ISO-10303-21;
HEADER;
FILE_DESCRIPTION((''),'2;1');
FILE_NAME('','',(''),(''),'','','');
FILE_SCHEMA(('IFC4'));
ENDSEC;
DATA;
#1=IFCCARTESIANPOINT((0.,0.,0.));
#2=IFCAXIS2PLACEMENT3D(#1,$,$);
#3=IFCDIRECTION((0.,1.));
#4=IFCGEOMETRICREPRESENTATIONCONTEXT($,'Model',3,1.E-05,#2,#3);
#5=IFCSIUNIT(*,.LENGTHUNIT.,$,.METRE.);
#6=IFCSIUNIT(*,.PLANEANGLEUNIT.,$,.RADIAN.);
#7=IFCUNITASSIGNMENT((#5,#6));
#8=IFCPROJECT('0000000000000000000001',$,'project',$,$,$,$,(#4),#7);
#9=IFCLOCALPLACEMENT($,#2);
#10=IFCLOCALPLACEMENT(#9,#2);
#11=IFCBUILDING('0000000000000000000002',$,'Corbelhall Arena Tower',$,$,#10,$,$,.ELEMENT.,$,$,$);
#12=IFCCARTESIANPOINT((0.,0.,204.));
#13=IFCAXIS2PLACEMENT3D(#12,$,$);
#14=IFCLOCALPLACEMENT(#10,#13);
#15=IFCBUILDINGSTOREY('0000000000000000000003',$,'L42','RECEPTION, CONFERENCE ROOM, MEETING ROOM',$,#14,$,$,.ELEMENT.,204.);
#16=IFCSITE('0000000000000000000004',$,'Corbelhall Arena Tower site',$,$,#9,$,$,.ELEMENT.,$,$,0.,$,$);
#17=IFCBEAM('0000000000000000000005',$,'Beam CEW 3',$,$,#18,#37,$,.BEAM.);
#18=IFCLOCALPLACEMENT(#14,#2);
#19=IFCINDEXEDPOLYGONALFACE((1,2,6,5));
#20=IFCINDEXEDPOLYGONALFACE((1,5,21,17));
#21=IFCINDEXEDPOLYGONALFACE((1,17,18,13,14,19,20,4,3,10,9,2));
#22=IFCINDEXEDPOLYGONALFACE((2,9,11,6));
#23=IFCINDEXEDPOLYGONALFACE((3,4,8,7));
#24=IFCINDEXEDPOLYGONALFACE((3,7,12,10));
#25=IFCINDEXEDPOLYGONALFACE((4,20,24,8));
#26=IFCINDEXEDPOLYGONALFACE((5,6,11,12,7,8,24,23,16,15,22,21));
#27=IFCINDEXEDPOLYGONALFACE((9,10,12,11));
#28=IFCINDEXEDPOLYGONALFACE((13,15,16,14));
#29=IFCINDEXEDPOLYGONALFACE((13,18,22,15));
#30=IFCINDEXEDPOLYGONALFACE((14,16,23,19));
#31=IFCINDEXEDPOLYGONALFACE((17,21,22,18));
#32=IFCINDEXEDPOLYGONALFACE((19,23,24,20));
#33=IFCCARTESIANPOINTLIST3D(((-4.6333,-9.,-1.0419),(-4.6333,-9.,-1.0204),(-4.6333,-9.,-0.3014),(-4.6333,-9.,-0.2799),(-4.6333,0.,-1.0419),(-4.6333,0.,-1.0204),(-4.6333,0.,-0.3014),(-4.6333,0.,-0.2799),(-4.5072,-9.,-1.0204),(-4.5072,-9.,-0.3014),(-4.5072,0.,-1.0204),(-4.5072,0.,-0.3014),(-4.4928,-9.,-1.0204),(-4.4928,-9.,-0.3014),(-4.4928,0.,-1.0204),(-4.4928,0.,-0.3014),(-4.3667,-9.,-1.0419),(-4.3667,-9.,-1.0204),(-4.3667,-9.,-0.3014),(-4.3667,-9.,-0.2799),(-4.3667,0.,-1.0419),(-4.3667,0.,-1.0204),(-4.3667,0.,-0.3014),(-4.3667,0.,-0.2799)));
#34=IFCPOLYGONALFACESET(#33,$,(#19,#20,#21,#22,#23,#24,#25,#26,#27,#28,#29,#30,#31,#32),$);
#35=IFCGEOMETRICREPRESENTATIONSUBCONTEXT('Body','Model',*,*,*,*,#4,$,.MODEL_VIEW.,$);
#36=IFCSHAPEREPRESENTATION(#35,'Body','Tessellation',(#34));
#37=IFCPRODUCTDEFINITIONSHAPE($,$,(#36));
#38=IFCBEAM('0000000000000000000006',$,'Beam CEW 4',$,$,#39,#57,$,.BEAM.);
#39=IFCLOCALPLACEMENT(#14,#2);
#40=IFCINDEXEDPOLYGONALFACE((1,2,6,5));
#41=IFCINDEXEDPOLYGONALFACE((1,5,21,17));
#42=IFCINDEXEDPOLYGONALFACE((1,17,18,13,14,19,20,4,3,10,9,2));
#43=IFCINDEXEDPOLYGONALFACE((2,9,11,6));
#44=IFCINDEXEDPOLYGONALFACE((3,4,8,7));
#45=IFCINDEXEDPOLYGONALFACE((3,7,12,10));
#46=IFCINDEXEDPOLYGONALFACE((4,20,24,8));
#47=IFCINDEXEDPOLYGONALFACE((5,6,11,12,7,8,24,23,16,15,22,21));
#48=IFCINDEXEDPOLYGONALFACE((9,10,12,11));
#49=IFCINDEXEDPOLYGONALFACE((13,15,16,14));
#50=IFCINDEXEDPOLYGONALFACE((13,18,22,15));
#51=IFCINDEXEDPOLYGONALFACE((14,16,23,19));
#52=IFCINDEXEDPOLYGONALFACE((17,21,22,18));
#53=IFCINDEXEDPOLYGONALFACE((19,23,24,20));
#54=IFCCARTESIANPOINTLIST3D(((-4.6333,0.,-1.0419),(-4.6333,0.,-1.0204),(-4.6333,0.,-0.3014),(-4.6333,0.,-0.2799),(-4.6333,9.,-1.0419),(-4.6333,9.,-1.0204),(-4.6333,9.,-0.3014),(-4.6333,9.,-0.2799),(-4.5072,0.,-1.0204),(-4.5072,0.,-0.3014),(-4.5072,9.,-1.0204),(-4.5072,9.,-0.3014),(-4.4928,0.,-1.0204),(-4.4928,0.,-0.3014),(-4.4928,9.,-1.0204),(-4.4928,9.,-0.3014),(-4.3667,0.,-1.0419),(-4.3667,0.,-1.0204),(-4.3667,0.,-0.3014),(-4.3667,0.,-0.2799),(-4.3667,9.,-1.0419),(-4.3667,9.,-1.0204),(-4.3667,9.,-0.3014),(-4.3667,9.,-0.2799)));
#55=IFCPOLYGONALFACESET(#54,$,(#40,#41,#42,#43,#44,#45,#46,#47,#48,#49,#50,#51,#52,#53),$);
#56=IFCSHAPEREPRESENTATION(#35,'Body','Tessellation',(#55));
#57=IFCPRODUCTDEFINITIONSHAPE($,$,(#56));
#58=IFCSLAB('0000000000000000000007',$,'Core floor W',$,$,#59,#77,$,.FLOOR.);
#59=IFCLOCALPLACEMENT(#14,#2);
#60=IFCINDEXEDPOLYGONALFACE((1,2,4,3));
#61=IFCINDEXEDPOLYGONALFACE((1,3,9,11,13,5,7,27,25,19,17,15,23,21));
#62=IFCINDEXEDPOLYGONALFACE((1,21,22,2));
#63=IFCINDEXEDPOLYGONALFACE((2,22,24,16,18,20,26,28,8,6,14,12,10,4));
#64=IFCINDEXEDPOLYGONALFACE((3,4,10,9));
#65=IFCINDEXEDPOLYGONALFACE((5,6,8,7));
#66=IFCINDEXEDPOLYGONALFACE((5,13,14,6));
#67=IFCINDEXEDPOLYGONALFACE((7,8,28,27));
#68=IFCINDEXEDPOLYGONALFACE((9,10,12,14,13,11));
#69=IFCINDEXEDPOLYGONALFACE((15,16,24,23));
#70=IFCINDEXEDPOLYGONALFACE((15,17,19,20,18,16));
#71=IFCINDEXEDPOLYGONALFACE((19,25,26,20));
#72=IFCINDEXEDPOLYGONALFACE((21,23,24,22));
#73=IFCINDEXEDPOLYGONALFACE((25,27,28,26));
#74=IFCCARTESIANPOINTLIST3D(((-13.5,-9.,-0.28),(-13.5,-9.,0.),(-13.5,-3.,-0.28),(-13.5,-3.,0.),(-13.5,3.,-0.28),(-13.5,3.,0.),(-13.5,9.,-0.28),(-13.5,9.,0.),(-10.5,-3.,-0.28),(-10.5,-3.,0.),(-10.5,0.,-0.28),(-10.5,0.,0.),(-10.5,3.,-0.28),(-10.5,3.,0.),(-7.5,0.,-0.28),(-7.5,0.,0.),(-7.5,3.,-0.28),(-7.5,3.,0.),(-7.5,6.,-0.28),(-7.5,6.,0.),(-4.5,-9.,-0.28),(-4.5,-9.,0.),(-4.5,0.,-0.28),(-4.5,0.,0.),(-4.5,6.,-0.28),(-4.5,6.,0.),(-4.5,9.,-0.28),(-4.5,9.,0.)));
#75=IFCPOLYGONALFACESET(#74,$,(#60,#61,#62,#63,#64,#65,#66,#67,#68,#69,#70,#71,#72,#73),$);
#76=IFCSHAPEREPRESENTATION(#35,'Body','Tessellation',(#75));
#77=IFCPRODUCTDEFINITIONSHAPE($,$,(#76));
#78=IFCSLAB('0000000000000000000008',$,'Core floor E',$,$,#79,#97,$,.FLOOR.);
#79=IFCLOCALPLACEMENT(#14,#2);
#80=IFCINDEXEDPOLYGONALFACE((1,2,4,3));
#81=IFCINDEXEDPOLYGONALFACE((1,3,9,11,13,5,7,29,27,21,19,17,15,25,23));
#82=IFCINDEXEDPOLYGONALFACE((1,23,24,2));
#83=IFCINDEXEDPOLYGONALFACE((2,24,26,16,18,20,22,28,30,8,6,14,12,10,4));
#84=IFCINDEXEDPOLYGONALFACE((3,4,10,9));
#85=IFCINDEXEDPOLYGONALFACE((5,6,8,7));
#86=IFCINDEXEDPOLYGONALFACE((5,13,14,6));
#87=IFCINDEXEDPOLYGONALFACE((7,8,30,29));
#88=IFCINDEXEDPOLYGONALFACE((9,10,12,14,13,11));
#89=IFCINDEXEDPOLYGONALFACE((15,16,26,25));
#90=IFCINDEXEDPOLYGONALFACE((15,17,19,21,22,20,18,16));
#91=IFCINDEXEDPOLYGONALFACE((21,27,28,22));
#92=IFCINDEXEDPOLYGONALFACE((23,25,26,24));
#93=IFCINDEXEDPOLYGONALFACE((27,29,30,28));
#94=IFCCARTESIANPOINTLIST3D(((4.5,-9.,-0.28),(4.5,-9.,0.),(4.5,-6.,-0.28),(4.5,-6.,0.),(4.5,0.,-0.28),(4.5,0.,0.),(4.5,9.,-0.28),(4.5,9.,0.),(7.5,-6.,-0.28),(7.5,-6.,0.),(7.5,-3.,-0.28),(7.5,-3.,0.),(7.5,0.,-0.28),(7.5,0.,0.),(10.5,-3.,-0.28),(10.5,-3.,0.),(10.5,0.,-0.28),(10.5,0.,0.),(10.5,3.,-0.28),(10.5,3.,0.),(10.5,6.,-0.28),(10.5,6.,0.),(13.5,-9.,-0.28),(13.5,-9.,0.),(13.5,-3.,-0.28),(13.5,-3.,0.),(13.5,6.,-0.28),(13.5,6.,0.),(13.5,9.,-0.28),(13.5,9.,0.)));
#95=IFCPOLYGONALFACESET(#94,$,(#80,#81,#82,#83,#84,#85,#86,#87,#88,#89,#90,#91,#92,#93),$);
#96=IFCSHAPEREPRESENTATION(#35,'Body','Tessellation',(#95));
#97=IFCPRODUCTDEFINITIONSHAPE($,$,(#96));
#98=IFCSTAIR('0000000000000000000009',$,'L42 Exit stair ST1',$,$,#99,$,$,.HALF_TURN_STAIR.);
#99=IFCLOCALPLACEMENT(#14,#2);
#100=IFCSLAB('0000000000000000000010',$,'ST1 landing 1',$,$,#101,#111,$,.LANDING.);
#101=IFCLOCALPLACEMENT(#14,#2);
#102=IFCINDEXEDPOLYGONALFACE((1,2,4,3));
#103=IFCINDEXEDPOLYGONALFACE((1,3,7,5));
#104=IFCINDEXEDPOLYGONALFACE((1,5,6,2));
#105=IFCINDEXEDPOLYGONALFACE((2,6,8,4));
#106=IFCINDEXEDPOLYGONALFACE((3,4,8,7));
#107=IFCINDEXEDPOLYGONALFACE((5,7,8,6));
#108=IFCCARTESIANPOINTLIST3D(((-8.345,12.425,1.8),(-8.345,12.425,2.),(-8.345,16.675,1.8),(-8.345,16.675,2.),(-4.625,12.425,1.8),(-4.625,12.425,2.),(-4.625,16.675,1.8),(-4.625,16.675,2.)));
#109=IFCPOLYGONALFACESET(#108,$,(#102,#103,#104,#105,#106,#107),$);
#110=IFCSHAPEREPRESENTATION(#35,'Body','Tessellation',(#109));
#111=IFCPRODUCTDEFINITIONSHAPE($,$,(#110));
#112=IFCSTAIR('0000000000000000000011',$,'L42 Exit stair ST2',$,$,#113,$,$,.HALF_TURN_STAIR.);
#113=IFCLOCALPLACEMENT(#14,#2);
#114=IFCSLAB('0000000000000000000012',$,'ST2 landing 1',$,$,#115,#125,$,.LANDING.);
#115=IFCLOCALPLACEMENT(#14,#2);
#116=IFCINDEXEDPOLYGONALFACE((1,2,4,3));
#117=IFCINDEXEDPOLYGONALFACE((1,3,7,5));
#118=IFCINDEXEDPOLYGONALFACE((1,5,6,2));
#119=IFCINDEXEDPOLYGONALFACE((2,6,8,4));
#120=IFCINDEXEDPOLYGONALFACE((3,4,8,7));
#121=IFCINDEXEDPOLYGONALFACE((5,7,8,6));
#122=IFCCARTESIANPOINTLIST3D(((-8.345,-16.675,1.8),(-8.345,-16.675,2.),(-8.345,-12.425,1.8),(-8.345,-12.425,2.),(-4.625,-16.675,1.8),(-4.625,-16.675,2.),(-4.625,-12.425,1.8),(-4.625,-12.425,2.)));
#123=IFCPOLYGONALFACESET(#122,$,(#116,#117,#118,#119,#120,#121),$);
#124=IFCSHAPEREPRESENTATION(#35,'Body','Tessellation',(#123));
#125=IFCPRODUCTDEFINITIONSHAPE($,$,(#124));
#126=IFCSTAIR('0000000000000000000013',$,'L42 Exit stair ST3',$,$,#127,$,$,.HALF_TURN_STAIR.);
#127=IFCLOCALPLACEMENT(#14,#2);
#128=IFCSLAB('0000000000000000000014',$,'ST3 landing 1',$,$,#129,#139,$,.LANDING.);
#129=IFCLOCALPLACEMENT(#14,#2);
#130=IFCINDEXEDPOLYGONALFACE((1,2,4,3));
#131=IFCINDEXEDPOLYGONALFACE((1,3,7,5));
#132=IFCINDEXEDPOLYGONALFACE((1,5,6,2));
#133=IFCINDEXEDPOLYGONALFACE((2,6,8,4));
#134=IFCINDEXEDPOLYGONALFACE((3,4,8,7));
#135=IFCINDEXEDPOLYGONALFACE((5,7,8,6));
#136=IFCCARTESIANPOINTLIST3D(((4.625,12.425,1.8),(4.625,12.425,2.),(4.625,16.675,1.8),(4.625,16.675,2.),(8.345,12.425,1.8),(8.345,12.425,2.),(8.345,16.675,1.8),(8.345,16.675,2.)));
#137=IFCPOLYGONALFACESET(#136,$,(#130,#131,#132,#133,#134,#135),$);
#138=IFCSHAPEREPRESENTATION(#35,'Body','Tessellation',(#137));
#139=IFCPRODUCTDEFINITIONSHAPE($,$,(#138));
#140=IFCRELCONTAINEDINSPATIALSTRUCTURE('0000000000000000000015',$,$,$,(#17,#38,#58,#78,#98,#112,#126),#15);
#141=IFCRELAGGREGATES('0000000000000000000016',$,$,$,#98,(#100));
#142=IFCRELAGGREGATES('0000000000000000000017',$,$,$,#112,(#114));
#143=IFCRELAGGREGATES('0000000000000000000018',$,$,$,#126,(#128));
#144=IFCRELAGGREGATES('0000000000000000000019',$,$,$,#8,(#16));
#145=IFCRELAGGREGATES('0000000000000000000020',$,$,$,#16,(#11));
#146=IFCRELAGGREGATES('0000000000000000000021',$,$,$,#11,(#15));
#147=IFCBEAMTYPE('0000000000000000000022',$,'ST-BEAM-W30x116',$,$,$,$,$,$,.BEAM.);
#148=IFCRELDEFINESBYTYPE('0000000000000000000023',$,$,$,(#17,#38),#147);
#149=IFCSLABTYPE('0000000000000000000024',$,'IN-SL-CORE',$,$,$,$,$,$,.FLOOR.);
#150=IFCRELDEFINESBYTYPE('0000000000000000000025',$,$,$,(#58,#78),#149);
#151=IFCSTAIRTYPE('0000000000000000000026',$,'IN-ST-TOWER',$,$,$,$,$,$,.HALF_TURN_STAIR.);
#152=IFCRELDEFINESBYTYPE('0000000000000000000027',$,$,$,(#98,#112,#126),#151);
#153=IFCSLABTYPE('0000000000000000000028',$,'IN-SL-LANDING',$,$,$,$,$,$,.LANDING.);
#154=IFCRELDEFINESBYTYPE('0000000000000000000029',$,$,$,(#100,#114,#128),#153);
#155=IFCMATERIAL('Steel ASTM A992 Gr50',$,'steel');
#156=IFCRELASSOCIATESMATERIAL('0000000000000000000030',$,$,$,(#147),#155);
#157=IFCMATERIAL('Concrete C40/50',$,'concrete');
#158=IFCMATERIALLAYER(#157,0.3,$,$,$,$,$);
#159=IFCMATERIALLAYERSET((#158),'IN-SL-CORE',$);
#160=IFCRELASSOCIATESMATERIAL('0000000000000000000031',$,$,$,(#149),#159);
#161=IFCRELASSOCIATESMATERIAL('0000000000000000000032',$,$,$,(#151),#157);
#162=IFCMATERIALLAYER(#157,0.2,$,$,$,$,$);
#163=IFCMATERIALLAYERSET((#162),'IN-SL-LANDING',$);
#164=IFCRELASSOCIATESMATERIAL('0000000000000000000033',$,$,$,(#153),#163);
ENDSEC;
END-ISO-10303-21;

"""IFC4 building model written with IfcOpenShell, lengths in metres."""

from ifc_helpers import new_model, si_unit, direction, frame, origin, origin_2d, place, context, subcontext, project, spatial, polyline, i_section, outline, extrude, material, layer, layer_set, material_profile, profile_set, type_object, element, aggregate, save


model = new_model("IFC4")

# Units and contexts
model_context = context("Model", 3, precision=1e-05, world=origin(), true_north=direction((0.0, 1.0)))
body_context = subcontext(model_context, "Body", "Model", "MODEL_VIEW")
ifc_project = project(units=[si_unit("LENGTHUNIT", "METRE"), si_unit("PLANEANGLEUNIT", "RADIAN")], contexts=[model_context])

# Site, building, storey
site_placement = place(None, origin())
site = spatial("IfcSite", under=ifc_project, at=site_placement, Name="Corbelhall Arena Tower site", CompositionType="ELEMENT", RefElevation=0.0)
building_placement = place(site_placement, origin())
building = spatial("IfcBuilding", under=site, at=building_placement, Name="Corbelhall Arena Tower", CompositionType="ELEMENT")
storey_placement = place(building_placement, frame((0.0, 0.0, 204.0)))
storey = spatial("IfcBuildingStorey", under=building, at=storey_placement, Name="L42", Description="RECEPTION, CONFERENCE ROOM, MEETING ROOM", CompositionType="ELEMENT", Elevation=204.0)

# Beams
ifc_material_1 = material(Name="Steel ASTM A992 Gr50", Category="steel")
ifc_material_profile = material_profile(ifc_material_1, i_section(OverallWidth=0.2666, OverallDepth=0.762, WebThickness=0.0144, FlangeThickness=0.0215, at=origin_2d()))
ifc_profile_set = profile_set([ifc_material_profile], Name="Steel ASTM A992 Gr50")
beam_type = type_object("IfcBeamType", Name="ST-BEAM-W30x116", PredefinedType="BEAM", material=ifc_profile_set)
for number, where, z_axis, x_axis, name in (
    (1, (-4.5, -9.0, -0.6609), (0.0, 1.0, 0.0), (-1.0, 0.0, 0.0), "Beam CEW 3"),
    (2, (-4.5, 0.0, -0.6609), (0.0, 1.0, 0.0), (-1.0, 0.0, 0.0), "Beam CEW 4"),
):
    element("IfcBeam", number, at=place(storey_placement, frame(where, z_axis=z_axis, x_axis=x_axis)), inside=storey, type_object=beam_type, Name=name, PredefinedType="BEAM", context=body_context, shape_type="SweptSolid", body=[
        extrude(i_section(OverallWidth=0.2666, OverallDepth=0.762, WebThickness=0.0144, FlangeThickness=0.0215, at=origin_2d()), origin(), (0.0, 0.0, 1.0), 9.0),
    ])

# Slabs
ifc_material_2 = material(Name="Concrete C40/50", Category="concrete")
ifc_layer_1 = layer(ifc_material_2, 0.3)
ifc_layer_set_1 = layer_set([ifc_layer_1], Name="IN-SL-CORE")
slab_type_1 = type_object("IfcSlabType", Name="IN-SL-CORE", PredefinedType="FLOOR", material=ifc_layer_set_1)
slab_1_placement = place(storey_placement, frame((0.0, 0.0, -0.28)))
element("IfcSlab", 3, at=slab_1_placement, inside=storey, type_object=slab_type_1, Name="Core floor W", PredefinedType="FLOOR", context=body_context, shape_type="SweptSolid", body=[
    extrude(outline(polyline([(-10.5, -3.0), (-13.5, -3.0), (-13.5, -9.0), (-4.5, -9.0), (-4.5, 0.0), (-7.5, 0.0), (-7.5, 3.0), (-7.5, 6.0), (-4.5, 6.0), (-4.5, 9.0), (-13.5, 9.0), (-13.5, 3.0), (-10.5, 3.0), (-10.5, 0.0), (-10.5, -3.0)])), origin(), (0.0, 0.0, 1.0), 0.28),
])
slab_2_placement = place(storey_placement, frame((0.0, 0.0, -0.28)))
element("IfcSlab", 4, at=slab_2_placement, inside=storey, type_object=slab_type_1, Name="Core floor E", PredefinedType="FLOOR", context=body_context, shape_type="SweptSolid", body=[
    extrude(outline(polyline([(13.5, -3.0), (10.5, -3.0), (10.5, 0.0), (10.5, 3.0), (10.5, 6.0), (13.5, 6.0), (13.5, 9.0), (4.5, 9.0), (4.5, 0.0), (7.5, 0.0), (7.5, -3.0), (7.5, -6.0), (4.5, -6.0), (4.5, -9.0), (13.5, -9.0), (13.5, -3.0)])), origin(), (0.0, 0.0, 1.0), 0.28),
])

# Stairs, slabs
stair_type = type_object("IfcStairType", Name="IN-ST-TOWER", PredefinedType="HALF_TURN_STAIR", material=ifc_material_2)
stair_1_placement = place(storey_placement, origin())
stair_1 = element("IfcStair", 5, at=stair_1_placement, inside=storey, type_object=stair_type, Name="L42 Exit stair ST1", PredefinedType="HALF_TURN_STAIR")
ifc_layer_2 = layer(ifc_material_2, 0.2)
ifc_layer_set_2 = layer_set([ifc_layer_2], Name="IN-SL-LANDING")
slab_type_2 = type_object("IfcSlabType", Name="IN-SL-LANDING", PredefinedType="LANDING", material=ifc_layer_set_2)
slab_3_placement = place(storey_placement, frame((0.0, 0.0, 1.8)))
slab_3 = element("IfcSlab", 6, at=slab_3_placement, type_object=slab_type_2, Name="ST1 landing 1", PredefinedType="LANDING", context=body_context, shape_type="SweptSolid", body=[
    extrude(outline(polyline([(-8.345, 12.425), (-4.625, 12.425), (-4.625, 16.675), (-8.345, 16.675), (-8.345, 12.425)])), origin(), (0.0, 0.0, 1.0), 0.2),
])
aggregate(stair_1, [slab_3])
stair_2_placement = place(storey_placement, origin())
stair_2 = element("IfcStair", 7, at=stair_2_placement, inside=storey, type_object=stair_type, Name="L42 Exit stair ST2", PredefinedType="HALF_TURN_STAIR")
slab_4_placement = place(storey_placement, frame((0.0, 0.0, 1.8)))
slab_4 = element("IfcSlab", 8, at=slab_4_placement, type_object=slab_type_2, Name="ST2 landing 1", PredefinedType="LANDING", context=body_context, shape_type="SweptSolid", body=[
    extrude(outline(polyline([(-8.345, -16.675), (-4.625, -16.675), (-4.625, -12.425), (-8.345, -12.425), (-8.345, -16.675)])), origin(), (0.0, 0.0, 1.0), 0.2),
])
aggregate(stair_2, [slab_4])
stair_3_placement = place(storey_placement, origin())
stair_3 = element("IfcStair", 9, at=stair_3_placement, inside=storey, type_object=stair_type, Name="L42 Exit stair ST3", PredefinedType="HALF_TURN_STAIR")
slab_5_placement = place(storey_placement, frame((0.0, 0.0, 1.8)))
slab_5 = element("IfcSlab", 10, at=slab_5_placement, type_object=slab_type_2, Name="ST3 landing 1", PredefinedType="LANDING", context=body_context, shape_type="SweptSolid", body=[
    extrude(outline(polyline([(8.345, 16.675), (4.625, 16.675), (4.625, 12.425), (8.345, 12.425), (8.345, 16.675)])), origin(), (0.0, 0.0, 1.0), 0.2),
])
aggregate(stair_3, [slab_5])

save(model, "model.ifc")
